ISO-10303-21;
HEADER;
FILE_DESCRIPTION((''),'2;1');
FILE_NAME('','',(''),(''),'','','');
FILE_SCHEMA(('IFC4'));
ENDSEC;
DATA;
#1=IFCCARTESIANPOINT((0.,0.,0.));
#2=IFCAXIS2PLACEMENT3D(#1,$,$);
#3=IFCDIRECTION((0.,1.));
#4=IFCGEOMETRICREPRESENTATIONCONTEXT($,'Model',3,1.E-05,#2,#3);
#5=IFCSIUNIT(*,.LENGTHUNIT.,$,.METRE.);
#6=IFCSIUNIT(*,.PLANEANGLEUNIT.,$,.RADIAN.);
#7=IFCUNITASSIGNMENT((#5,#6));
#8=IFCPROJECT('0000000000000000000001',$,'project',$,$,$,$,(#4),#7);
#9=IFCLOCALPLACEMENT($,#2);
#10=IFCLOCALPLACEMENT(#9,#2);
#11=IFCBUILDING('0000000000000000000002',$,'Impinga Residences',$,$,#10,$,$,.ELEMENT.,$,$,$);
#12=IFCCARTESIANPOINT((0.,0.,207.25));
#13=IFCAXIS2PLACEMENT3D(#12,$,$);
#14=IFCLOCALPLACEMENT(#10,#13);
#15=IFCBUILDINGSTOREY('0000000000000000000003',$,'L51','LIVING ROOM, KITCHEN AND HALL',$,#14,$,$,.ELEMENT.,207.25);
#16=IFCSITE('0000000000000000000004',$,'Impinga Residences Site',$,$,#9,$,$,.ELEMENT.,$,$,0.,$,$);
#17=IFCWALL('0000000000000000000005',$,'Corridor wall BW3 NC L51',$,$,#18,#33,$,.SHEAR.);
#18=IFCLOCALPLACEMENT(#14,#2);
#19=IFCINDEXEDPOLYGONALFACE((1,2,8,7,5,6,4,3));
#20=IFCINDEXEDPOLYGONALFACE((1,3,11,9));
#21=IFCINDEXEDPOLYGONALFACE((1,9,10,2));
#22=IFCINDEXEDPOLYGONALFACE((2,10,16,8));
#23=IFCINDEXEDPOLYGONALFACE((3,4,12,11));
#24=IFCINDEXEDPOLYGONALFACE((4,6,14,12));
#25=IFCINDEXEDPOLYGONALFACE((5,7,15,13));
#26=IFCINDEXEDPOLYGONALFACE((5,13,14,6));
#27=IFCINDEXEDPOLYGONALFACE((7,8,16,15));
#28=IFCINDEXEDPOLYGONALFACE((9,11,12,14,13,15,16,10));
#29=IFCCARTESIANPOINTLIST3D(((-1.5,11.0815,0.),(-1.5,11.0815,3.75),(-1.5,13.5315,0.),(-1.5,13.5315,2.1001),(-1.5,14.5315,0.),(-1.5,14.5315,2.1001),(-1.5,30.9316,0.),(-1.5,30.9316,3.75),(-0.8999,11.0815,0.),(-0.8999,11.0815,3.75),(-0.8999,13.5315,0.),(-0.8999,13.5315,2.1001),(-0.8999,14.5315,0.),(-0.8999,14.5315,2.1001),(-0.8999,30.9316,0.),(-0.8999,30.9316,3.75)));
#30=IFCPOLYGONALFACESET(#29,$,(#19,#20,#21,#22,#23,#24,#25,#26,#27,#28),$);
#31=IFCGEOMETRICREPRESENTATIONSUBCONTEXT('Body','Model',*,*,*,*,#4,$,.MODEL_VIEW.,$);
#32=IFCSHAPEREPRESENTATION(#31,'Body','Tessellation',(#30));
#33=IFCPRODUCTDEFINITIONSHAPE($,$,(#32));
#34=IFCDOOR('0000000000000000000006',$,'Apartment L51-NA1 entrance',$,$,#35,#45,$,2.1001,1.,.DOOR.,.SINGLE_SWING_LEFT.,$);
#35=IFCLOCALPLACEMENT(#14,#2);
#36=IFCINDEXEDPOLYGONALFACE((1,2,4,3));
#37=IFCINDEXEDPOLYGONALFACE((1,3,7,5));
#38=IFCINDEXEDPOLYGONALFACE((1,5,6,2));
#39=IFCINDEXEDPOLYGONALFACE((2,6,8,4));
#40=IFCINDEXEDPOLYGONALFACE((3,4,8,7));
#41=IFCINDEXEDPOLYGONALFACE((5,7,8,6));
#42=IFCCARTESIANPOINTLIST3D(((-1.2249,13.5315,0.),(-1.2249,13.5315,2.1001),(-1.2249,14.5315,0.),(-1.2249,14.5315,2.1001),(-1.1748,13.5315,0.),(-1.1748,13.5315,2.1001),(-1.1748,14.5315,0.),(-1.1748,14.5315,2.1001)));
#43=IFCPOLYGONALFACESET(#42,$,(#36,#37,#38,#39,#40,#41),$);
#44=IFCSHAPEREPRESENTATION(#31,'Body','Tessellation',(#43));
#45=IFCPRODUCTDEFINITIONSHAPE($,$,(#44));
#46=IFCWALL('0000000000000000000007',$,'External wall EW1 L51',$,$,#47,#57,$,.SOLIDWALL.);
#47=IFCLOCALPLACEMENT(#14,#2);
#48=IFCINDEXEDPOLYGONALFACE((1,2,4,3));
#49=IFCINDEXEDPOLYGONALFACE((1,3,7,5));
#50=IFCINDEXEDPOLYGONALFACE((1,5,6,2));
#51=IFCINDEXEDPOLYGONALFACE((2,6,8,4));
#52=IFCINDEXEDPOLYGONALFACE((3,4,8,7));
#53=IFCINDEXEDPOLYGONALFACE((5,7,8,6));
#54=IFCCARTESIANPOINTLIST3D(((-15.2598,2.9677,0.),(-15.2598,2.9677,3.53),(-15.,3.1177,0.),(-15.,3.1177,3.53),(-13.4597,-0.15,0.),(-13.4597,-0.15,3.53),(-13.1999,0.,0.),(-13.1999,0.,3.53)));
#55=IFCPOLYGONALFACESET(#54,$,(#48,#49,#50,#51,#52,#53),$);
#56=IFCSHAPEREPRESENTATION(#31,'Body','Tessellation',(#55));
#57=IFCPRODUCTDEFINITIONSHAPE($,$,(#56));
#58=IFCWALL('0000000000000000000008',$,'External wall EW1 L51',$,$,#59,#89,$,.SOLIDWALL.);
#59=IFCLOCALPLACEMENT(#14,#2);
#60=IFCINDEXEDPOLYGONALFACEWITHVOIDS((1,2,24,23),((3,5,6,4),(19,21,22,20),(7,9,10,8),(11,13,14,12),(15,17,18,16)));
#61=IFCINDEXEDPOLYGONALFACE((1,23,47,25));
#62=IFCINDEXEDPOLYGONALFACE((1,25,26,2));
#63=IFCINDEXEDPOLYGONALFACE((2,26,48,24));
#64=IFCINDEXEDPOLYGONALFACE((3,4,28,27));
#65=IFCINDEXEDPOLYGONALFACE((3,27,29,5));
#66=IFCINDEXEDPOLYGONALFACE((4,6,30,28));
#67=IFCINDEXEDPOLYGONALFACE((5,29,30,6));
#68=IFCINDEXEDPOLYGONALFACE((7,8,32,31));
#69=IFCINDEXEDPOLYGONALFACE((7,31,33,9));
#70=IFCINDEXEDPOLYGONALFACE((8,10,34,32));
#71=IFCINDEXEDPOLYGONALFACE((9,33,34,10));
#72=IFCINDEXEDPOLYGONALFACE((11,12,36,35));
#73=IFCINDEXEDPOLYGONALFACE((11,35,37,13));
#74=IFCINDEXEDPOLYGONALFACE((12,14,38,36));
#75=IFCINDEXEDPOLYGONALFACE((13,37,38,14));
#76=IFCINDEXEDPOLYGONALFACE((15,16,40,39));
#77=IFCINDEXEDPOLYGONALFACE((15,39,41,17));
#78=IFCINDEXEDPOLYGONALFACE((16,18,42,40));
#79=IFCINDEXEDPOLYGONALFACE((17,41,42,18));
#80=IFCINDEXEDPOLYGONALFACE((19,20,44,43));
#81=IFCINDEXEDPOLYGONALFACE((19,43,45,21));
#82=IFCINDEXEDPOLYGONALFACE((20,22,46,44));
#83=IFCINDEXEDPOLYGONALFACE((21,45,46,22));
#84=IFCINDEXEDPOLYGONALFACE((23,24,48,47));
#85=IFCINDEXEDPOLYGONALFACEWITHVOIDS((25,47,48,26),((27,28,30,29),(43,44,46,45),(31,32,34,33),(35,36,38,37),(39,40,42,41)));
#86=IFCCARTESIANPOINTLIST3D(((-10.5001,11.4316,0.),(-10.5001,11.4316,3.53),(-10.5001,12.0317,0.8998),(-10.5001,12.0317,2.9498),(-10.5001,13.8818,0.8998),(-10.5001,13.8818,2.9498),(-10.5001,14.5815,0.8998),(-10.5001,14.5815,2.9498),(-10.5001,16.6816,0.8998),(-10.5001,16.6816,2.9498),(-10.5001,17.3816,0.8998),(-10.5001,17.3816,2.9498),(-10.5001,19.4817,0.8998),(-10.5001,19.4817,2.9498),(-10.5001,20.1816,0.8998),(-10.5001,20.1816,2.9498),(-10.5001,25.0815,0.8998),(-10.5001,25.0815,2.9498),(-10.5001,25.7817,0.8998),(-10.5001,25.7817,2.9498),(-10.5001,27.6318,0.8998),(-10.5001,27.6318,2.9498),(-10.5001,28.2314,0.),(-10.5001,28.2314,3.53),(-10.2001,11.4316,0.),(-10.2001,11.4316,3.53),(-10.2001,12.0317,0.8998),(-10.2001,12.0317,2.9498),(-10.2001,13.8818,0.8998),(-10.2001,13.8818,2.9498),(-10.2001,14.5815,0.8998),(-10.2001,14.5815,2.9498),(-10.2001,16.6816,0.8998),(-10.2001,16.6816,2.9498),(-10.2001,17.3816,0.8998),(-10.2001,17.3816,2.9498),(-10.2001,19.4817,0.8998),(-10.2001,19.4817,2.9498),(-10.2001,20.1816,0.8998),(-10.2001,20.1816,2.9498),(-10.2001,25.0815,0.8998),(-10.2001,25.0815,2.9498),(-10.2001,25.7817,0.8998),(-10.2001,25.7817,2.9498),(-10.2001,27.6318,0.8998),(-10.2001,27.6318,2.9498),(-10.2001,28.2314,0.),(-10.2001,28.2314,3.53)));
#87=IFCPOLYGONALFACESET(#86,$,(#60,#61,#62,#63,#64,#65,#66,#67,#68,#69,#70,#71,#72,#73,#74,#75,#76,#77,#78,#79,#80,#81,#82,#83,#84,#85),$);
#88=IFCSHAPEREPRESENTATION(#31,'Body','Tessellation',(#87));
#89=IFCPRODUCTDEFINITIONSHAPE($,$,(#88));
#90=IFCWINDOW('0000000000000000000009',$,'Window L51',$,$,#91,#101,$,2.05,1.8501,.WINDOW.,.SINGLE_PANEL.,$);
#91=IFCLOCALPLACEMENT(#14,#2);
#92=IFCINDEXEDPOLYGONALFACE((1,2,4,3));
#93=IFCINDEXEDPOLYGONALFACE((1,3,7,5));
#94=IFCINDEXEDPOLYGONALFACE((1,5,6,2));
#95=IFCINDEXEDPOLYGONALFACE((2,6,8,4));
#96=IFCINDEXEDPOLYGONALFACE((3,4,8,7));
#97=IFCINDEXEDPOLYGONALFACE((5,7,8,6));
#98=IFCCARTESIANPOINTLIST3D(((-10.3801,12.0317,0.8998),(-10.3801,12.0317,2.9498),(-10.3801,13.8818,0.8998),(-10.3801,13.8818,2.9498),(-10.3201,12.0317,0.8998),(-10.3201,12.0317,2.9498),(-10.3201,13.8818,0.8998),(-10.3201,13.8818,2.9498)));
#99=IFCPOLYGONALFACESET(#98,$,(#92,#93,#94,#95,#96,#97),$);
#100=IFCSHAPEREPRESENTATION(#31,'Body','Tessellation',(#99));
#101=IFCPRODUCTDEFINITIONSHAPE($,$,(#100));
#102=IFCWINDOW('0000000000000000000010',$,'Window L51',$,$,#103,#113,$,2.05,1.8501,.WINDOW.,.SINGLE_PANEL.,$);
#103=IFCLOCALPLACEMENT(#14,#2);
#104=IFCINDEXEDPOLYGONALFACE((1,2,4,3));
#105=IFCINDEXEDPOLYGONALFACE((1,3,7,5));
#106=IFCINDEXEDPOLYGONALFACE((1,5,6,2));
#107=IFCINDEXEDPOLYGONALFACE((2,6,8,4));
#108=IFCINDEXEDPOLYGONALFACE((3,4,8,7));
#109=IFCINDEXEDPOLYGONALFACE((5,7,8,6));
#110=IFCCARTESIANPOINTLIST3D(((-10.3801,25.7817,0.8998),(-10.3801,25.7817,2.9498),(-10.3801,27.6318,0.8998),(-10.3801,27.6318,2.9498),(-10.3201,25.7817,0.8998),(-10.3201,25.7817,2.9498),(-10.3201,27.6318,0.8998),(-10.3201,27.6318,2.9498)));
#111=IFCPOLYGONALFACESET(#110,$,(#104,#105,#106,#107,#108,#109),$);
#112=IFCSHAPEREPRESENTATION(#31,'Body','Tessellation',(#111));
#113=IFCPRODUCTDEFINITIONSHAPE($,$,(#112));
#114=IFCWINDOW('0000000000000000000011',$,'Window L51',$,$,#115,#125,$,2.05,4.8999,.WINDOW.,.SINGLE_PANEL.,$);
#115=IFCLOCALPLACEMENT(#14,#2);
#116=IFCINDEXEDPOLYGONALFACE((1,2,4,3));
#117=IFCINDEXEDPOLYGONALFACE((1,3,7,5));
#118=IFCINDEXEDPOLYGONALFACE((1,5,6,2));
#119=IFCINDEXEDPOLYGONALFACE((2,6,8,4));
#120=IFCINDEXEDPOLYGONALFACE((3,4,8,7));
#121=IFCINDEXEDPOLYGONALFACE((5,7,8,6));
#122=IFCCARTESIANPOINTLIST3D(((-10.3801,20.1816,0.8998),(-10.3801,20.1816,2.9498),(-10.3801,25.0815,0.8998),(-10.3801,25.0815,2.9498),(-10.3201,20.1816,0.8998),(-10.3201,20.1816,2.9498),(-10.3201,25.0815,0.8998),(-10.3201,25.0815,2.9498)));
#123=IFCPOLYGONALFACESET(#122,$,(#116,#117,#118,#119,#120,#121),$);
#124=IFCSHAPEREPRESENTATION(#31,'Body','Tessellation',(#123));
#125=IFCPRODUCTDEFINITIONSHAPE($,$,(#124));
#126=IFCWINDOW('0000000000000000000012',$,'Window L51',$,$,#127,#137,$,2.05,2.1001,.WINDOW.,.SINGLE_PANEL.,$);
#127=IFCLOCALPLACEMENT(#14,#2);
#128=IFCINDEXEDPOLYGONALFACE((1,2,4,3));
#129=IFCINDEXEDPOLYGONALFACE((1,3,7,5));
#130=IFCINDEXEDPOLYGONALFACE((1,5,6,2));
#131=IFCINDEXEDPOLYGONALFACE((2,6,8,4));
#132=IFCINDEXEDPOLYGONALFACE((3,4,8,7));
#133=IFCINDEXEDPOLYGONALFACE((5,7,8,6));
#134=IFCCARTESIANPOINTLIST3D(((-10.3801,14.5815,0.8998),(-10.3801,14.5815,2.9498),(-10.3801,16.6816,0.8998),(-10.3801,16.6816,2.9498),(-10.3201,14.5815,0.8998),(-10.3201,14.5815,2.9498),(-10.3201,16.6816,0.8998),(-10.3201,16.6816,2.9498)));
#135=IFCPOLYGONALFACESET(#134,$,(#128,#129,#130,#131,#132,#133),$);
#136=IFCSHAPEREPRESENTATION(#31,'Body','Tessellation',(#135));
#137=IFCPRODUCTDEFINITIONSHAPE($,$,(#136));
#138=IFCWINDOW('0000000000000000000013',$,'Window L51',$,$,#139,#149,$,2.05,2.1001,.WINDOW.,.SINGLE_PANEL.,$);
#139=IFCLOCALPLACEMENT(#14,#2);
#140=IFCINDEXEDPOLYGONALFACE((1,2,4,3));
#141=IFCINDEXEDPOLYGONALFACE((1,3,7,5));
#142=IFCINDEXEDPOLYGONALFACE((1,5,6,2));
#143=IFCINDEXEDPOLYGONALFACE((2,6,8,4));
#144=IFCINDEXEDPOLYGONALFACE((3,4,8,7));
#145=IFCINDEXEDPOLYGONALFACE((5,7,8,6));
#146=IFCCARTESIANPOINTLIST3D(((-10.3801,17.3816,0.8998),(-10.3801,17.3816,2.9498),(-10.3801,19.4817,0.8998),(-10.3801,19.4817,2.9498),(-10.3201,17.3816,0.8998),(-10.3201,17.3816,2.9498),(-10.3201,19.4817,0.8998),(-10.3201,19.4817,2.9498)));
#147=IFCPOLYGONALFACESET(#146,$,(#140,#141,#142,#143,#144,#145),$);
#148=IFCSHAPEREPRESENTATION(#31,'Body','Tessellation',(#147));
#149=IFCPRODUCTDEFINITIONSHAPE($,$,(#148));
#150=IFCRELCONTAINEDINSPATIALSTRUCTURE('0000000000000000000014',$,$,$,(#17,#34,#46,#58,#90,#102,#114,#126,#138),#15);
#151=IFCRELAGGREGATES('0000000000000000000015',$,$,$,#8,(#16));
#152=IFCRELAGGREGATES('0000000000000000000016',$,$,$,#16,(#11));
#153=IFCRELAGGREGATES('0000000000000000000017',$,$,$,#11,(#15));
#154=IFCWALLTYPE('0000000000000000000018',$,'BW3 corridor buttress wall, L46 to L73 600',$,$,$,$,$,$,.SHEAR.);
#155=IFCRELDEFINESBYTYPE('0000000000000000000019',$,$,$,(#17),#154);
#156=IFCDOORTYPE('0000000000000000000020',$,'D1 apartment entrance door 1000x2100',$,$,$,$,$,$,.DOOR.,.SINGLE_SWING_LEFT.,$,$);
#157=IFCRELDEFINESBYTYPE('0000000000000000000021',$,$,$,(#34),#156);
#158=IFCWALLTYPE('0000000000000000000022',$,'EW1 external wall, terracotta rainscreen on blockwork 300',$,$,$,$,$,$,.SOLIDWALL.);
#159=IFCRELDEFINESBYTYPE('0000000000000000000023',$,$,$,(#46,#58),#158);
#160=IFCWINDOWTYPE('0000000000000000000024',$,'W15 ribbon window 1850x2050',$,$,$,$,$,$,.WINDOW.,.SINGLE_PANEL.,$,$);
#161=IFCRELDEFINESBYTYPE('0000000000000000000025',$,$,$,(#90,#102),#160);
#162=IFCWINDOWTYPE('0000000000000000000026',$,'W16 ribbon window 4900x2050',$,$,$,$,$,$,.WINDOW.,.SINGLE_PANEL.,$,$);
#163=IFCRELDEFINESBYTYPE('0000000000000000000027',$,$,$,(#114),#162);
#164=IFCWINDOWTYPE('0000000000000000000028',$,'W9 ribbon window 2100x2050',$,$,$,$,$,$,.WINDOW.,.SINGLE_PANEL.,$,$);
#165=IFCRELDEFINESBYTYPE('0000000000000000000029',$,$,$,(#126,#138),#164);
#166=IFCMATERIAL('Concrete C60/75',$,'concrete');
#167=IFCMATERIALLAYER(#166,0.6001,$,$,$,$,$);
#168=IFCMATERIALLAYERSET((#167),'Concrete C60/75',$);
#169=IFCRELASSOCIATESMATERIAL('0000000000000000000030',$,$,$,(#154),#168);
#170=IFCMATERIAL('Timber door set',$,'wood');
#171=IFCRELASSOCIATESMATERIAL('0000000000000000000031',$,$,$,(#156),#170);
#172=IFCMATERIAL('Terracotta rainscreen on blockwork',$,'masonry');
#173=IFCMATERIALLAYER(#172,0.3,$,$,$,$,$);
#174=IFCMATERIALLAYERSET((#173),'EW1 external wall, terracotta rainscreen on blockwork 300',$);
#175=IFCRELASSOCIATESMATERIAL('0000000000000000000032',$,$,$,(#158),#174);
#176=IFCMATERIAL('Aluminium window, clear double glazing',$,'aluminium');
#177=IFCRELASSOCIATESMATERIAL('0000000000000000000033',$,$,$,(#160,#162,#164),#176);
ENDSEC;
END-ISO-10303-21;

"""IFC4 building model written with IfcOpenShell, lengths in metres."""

from ifc_helpers import new_model, si_unit, direction, frame, frame_2d, origin, place, context, subcontext, project, spatial, rectangle, extrude, material, layer, layer_set, type_object, element, fill, save


model = new_model("IFC4")

# Units and contexts
model_context = context("Model", 3, precision=1e-05, world=origin(), true_north=direction((0.0, 1.0)))
body_context = subcontext(model_context, "Body", "Model", "MODEL_VIEW")
ifc_project = project(units=[si_unit("LENGTHUNIT", "METRE"), si_unit("PLANEANGLEUNIT", "RADIAN")], contexts=[model_context])

# Site, building, storey
site_placement = place(None, origin())
site = spatial("IfcSite", under=ifc_project, at=site_placement, Name="Impinga Residences Site", CompositionType="ELEMENT", RefElevation=0.0)
building_placement = place(site_placement, origin())
building = spatial("IfcBuilding", under=site, at=building_placement, Name="Impinga Residences", CompositionType="ELEMENT")
storey_placement = place(building_placement, frame((0.0, 0.0, 207.25)))
storey = spatial("IfcBuildingStorey", under=building, at=storey_placement, Name="L51", Description="LIVING ROOM, KITCHEN AND HALL", CompositionType="ELEMENT", Elevation=207.25)

# Wall, opening, door
ifc_material_1 = material(Name="Concrete C60/75", Category="concrete")
ifc_layer_1 = layer(ifc_material_1, 0.6001)
ifc_layer_set_1 = layer_set([ifc_layer_1], Name="Concrete C60/75")
wall_type_1 = type_object("IfcWallType", Name="BW3 corridor buttress wall, L46 to L73 600", PredefinedType="SHEAR", material=ifc_layer_set_1)
wall_1_placement = place(storey_placement, frame((-1.2, 11.0815, 0.0), z_axis=(0.0, 0.0, 1.0), x_axis=(0.0, 1.0, 0.0)))
wall_1 = element("IfcWall", 1, at=wall_1_placement, inside=storey, type_object=wall_type_1, Name="Corridor wall BW3 NC L51", PredefinedType="SHEAR", context=body_context, shape_type="SweptSolid", body=[
    extrude(rectangle(XDim=19.8501, YDim=0.6001, at=frame_2d((9.925, 0.0))), origin(), (0.0, 0.0, 1.0), 3.75),
])
opening_1_placement = place(wall_1_placement, frame((2.45, 0.0, 0.0)))
opening_1 = element("IfcOpeningElement", 2, at=opening_1_placement, cuts=wall_1, PredefinedType="OPENING", context=body_context, shape_type="SweptSolid", body=[
    extrude(rectangle(XDim=1.0, YDim=2.1001, at=frame_2d((0.5, 1.05))), frame((0.0, 0.3101, 0.0), z_axis=(0.0, -1.0, 0.0), x_axis=(1.0, 0.0, 0.0)), (0.0, 0.0, 1.0), 0.6201),
])
ifc_material_2 = material(Name="Timber door set", Category="wood")
door_type_1 = type_object("IfcDoorType", Name="D1 apartment entrance door 1000x2100", OperationType="SINGLE_SWING_LEFT", PredefinedType="DOOR", material=ifc_material_2)
door_1_placement = place(opening_1_placement, origin())
door_1 = element("IfcDoor", 3, at=door_1_placement, inside=storey, type_object=door_type_1, Name="Apartment L51-NA1 entrance", OperationType="SINGLE_SWING_LEFT", OverallHeight=2.1001, OverallWidth=1.0, PredefinedType="DOOR", context=body_context, shape_type="SweptSolid", body=[
    extrude(rectangle(XDim=1.0, YDim=2.1001, at=frame_2d((0.5, 1.05))), frame((0.0, 0.0249, 0.0), z_axis=(0.0, -1.0, 0.0), x_axis=(1.0, 0.0, 0.0)), (0.0, 0.0, 1.0), 0.05),
])
fill(opening_1, door_1)

# Wall
ifc_material_3 = material(Name="Terracotta rainscreen on blockwork", Category="masonry")
ifc_layer_2 = layer(ifc_material_3, 0.3)
ifc_layer_set_2 = layer_set([ifc_layer_2], Name="EW1 external wall, terracotta rainscreen on blockwork 300")
wall_type_2 = type_object("IfcWallType", Name="EW1 external wall, terracotta rainscreen on blockwork 300", PredefinedType="SOLIDWALL", material=ifc_layer_set_2)
wall_2_placement = place(storey_placement, frame((-15.1299, 3.0427, 0.0), z_axis=(0.0, 0.0, 1.0), x_axis=(0.500012, -0.866018, 0.0)))
element("IfcWall", 4, at=wall_2_placement, inside=storey, type_object=wall_type_2, Name="External wall EW1 L51", PredefinedType="SOLIDWALL", context=body_context, shape_type="SweptSolid", body=[
    extrude(rectangle(XDim=3.6001, YDim=0.3, at=frame_2d((1.8, 0.0))), origin(), (0.0, 0.0, 1.0), 3.53),
])

# Wall, openings, windows
wall_3_placement = place(storey_placement, frame((-10.3501, 11.4316, 0.0), z_axis=(0.0, 0.0, 1.0), x_axis=(0.0, 1.0, 0.0)))
wall_3 = element("IfcWall", 5, at=wall_3_placement, inside=storey, type_object=wall_type_2, Name="External wall EW1 L51", PredefinedType="SOLIDWALL", context=body_context, shape_type="SweptSolid", body=[
    extrude(rectangle(XDim=16.7998, YDim=0.3, at=frame_2d((8.3999, 0.0))), origin(), (0.0, 0.0, 1.0), 3.53),
])
opening_2_placement = place(wall_3_placement, frame((0.6001, 0.0, 0.8999)))
opening_2 = element("IfcOpeningElement", 6, at=opening_2_placement, cuts=wall_3, PredefinedType="OPENING", context=body_context, shape_type="SweptSolid", body=[
    extrude(rectangle(XDim=1.8501, YDim=2.05, at=frame_2d((0.925, 1.0249))), frame((0.0, 0.1599, 0.0), z_axis=(0.0, -1.0, 0.0), x_axis=(1.0, 0.0, 0.0)), (0.0, 0.0, 1.0), 0.3201),
])
opening_3_placement = place(wall_3_placement, frame((3.1499, 0.0, 0.8999)))
opening_3 = element("IfcOpeningElement", 7, at=opening_3_placement, cuts=wall_3, PredefinedType="OPENING", context=body_context, shape_type="SweptSolid", body=[
    extrude(rectangle(XDim=2.1001, YDim=2.05, at=frame_2d((1.05, 1.0249))), frame((0.0, 0.1599, 0.0), z_axis=(0.0, -1.0, 0.0), x_axis=(1.0, 0.0, 0.0)), (0.0, 0.0, 1.0), 0.3201),
])
opening_4_placement = place(wall_3_placement, frame((5.95, 0.0, 0.8999)))
opening_4 = element("IfcOpeningElement", 8, at=opening_4_placement, cuts=wall_3, PredefinedType="OPENING", context=body_context, shape_type="SweptSolid", body=[
    extrude(rectangle(XDim=2.1001, YDim=2.05, at=frame_2d((1.05, 1.0249))), frame((0.0, 0.1599, 0.0), z_axis=(0.0, -1.0, 0.0), x_axis=(1.0, 0.0, 0.0)), (0.0, 0.0, 1.0), 0.3201),
])
opening_5_placement = place(wall_3_placement, frame((8.75, 0.0, 0.8999)))
opening_5 = element("IfcOpeningElement", 9, at=opening_5_placement, cuts=wall_3, PredefinedType="OPENING", context=body_context, shape_type="SweptSolid", body=[
    extrude(rectangle(XDim=4.8999, YDim=2.05, at=frame_2d((2.45, 1.0249))), frame((0.0, 0.1599, 0.0), z_axis=(0.0, -1.0, 0.0), x_axis=(1.0, 0.0, 0.0)), (0.0, 0.0, 1.0), 0.3201),
])
opening_6_placement = place(wall_3_placement, frame((14.3501, 0.0, 0.8999)))
opening_6 = element("IfcOpeningElement", 10, at=opening_6_placement, cuts=wall_3, PredefinedType="OPENING", context=body_context, shape_type="SweptSolid", body=[
    extrude(rectangle(XDim=1.8501, YDim=2.05, at=frame_2d((0.925, 1.0249))), frame((0.0, 0.1599, 0.0), z_axis=(0.0, -1.0, 0.0), x_axis=(1.0, 0.0, 0.0)), (0.0, 0.0, 1.0), 0.3201),
])
ifc_material_4 = material(Name="Aluminium window, clear double glazing", Category="aluminium")
window_type_1 = type_object("IfcWindowType", Name="W15 ribbon window 1850x2050", PartitioningType="SINGLE_PANEL", PredefinedType="WINDOW", material=ifc_material_4)
window_1_placement = place(opening_2_placement, origin())
window_1 = element("IfcWindow", 11, at=window_1_placement, inside=storey, type_object=window_type_1, Name="Window L51", OverallHeight=2.05, OverallWidth=1.8501, PartitioningType="SINGLE_PANEL", PredefinedType="WINDOW", context=body_context, shape_type="SweptSolid", body=[
    extrude(rectangle(XDim=1.8501, YDim=2.05, at=frame_2d((0.925, 1.0249))), frame((0.0, 0.03, 0.0), z_axis=(0.0, -1.0, 0.0), x_axis=(1.0, 0.0, 0.0)), (0.0, 0.0, 1.0), 0.0601),
])
fill(opening_2, window_1)
window_2_placement = place(opening_6_placement, origin())
window_2 = element("IfcWindow", 12, at=window_2_placement, inside=storey, type_object=window_type_1, Name="Window L51", OverallHeight=2.05, OverallWidth=1.8501, PartitioningType="SINGLE_PANEL", PredefinedType="WINDOW", context=body_context, shape_type="SweptSolid", body=[
    extrude(rectangle(XDim=1.8501, YDim=2.05, at=frame_2d((0.925, 1.0249))), frame((0.0, 0.03, 0.0), z_axis=(0.0, -1.0, 0.0), x_axis=(1.0, 0.0, 0.0)), (0.0, 0.0, 1.0), 0.0601),
])
fill(opening_6, window_2)
window_type_2 = type_object("IfcWindowType", Name="W16 ribbon window 4900x2050", PartitioningType="SINGLE_PANEL", PredefinedType="WINDOW", material=ifc_material_4)
window_3_placement = place(opening_5_placement, origin())
window_3 = element("IfcWindow", 13, at=window_3_placement, inside=storey, type_object=window_type_2, Name="Window L51", OverallHeight=2.05, OverallWidth=4.8999, PartitioningType="SINGLE_PANEL", PredefinedType="WINDOW", context=body_context, shape_type="SweptSolid", body=[
    extrude(rectangle(XDim=4.8999, YDim=2.05, at=frame_2d((2.45, 1.0249))), frame((0.0, 0.03, 0.0), z_axis=(0.0, -1.0, 0.0), x_axis=(1.0, 0.0, 0.0)), (0.0, 0.0, 1.0), 0.0601),
])
fill(opening_5, window_3)
window_type_3 = type_object("IfcWindowType", Name="W9 ribbon window 2100x2050", PartitioningType="SINGLE_PANEL", PredefinedType="WINDOW", material=ifc_material_4)
window_4_placement = place(opening_3_placement, origin())
window_4 = element("IfcWindow", 14, at=window_4_placement, inside=storey, type_object=window_type_3, Name="Window L51", OverallHeight=2.05, OverallWidth=2.1001, PartitioningType="SINGLE_PANEL", PredefinedType="WINDOW", context=body_context, shape_type="SweptSolid", body=[
    extrude(rectangle(XDim=2.1001, YDim=2.05, at=frame_2d((1.05, 1.0249))), frame((0.0, 0.03, 0.0), z_axis=(0.0, -1.0, 0.0), x_axis=(1.0, 0.0, 0.0)), (0.0, 0.0, 1.0), 0.0601),
])
fill(opening_3, window_4)
window_5_placement = place(opening_4_placement, origin())
window_5 = element("IfcWindow", 15, at=window_5_placement, inside=storey, type_object=window_type_3, Name="Window L51", OverallHeight=2.05, OverallWidth=2.1001, PartitioningType="SINGLE_PANEL", PredefinedType="WINDOW", context=body_context, shape_type="SweptSolid", body=[
    extrude(rectangle(XDim=2.1001, YDim=2.05, at=frame_2d((1.05, 1.0249))), frame((0.0, 0.03, 0.0), z_axis=(0.0, -1.0, 0.0), x_axis=(1.0, 0.0, 0.0)), (0.0, 0.0, 1.0), 0.0601),
])
fill(opening_4, window_5)

save(model, "model.ifc")
